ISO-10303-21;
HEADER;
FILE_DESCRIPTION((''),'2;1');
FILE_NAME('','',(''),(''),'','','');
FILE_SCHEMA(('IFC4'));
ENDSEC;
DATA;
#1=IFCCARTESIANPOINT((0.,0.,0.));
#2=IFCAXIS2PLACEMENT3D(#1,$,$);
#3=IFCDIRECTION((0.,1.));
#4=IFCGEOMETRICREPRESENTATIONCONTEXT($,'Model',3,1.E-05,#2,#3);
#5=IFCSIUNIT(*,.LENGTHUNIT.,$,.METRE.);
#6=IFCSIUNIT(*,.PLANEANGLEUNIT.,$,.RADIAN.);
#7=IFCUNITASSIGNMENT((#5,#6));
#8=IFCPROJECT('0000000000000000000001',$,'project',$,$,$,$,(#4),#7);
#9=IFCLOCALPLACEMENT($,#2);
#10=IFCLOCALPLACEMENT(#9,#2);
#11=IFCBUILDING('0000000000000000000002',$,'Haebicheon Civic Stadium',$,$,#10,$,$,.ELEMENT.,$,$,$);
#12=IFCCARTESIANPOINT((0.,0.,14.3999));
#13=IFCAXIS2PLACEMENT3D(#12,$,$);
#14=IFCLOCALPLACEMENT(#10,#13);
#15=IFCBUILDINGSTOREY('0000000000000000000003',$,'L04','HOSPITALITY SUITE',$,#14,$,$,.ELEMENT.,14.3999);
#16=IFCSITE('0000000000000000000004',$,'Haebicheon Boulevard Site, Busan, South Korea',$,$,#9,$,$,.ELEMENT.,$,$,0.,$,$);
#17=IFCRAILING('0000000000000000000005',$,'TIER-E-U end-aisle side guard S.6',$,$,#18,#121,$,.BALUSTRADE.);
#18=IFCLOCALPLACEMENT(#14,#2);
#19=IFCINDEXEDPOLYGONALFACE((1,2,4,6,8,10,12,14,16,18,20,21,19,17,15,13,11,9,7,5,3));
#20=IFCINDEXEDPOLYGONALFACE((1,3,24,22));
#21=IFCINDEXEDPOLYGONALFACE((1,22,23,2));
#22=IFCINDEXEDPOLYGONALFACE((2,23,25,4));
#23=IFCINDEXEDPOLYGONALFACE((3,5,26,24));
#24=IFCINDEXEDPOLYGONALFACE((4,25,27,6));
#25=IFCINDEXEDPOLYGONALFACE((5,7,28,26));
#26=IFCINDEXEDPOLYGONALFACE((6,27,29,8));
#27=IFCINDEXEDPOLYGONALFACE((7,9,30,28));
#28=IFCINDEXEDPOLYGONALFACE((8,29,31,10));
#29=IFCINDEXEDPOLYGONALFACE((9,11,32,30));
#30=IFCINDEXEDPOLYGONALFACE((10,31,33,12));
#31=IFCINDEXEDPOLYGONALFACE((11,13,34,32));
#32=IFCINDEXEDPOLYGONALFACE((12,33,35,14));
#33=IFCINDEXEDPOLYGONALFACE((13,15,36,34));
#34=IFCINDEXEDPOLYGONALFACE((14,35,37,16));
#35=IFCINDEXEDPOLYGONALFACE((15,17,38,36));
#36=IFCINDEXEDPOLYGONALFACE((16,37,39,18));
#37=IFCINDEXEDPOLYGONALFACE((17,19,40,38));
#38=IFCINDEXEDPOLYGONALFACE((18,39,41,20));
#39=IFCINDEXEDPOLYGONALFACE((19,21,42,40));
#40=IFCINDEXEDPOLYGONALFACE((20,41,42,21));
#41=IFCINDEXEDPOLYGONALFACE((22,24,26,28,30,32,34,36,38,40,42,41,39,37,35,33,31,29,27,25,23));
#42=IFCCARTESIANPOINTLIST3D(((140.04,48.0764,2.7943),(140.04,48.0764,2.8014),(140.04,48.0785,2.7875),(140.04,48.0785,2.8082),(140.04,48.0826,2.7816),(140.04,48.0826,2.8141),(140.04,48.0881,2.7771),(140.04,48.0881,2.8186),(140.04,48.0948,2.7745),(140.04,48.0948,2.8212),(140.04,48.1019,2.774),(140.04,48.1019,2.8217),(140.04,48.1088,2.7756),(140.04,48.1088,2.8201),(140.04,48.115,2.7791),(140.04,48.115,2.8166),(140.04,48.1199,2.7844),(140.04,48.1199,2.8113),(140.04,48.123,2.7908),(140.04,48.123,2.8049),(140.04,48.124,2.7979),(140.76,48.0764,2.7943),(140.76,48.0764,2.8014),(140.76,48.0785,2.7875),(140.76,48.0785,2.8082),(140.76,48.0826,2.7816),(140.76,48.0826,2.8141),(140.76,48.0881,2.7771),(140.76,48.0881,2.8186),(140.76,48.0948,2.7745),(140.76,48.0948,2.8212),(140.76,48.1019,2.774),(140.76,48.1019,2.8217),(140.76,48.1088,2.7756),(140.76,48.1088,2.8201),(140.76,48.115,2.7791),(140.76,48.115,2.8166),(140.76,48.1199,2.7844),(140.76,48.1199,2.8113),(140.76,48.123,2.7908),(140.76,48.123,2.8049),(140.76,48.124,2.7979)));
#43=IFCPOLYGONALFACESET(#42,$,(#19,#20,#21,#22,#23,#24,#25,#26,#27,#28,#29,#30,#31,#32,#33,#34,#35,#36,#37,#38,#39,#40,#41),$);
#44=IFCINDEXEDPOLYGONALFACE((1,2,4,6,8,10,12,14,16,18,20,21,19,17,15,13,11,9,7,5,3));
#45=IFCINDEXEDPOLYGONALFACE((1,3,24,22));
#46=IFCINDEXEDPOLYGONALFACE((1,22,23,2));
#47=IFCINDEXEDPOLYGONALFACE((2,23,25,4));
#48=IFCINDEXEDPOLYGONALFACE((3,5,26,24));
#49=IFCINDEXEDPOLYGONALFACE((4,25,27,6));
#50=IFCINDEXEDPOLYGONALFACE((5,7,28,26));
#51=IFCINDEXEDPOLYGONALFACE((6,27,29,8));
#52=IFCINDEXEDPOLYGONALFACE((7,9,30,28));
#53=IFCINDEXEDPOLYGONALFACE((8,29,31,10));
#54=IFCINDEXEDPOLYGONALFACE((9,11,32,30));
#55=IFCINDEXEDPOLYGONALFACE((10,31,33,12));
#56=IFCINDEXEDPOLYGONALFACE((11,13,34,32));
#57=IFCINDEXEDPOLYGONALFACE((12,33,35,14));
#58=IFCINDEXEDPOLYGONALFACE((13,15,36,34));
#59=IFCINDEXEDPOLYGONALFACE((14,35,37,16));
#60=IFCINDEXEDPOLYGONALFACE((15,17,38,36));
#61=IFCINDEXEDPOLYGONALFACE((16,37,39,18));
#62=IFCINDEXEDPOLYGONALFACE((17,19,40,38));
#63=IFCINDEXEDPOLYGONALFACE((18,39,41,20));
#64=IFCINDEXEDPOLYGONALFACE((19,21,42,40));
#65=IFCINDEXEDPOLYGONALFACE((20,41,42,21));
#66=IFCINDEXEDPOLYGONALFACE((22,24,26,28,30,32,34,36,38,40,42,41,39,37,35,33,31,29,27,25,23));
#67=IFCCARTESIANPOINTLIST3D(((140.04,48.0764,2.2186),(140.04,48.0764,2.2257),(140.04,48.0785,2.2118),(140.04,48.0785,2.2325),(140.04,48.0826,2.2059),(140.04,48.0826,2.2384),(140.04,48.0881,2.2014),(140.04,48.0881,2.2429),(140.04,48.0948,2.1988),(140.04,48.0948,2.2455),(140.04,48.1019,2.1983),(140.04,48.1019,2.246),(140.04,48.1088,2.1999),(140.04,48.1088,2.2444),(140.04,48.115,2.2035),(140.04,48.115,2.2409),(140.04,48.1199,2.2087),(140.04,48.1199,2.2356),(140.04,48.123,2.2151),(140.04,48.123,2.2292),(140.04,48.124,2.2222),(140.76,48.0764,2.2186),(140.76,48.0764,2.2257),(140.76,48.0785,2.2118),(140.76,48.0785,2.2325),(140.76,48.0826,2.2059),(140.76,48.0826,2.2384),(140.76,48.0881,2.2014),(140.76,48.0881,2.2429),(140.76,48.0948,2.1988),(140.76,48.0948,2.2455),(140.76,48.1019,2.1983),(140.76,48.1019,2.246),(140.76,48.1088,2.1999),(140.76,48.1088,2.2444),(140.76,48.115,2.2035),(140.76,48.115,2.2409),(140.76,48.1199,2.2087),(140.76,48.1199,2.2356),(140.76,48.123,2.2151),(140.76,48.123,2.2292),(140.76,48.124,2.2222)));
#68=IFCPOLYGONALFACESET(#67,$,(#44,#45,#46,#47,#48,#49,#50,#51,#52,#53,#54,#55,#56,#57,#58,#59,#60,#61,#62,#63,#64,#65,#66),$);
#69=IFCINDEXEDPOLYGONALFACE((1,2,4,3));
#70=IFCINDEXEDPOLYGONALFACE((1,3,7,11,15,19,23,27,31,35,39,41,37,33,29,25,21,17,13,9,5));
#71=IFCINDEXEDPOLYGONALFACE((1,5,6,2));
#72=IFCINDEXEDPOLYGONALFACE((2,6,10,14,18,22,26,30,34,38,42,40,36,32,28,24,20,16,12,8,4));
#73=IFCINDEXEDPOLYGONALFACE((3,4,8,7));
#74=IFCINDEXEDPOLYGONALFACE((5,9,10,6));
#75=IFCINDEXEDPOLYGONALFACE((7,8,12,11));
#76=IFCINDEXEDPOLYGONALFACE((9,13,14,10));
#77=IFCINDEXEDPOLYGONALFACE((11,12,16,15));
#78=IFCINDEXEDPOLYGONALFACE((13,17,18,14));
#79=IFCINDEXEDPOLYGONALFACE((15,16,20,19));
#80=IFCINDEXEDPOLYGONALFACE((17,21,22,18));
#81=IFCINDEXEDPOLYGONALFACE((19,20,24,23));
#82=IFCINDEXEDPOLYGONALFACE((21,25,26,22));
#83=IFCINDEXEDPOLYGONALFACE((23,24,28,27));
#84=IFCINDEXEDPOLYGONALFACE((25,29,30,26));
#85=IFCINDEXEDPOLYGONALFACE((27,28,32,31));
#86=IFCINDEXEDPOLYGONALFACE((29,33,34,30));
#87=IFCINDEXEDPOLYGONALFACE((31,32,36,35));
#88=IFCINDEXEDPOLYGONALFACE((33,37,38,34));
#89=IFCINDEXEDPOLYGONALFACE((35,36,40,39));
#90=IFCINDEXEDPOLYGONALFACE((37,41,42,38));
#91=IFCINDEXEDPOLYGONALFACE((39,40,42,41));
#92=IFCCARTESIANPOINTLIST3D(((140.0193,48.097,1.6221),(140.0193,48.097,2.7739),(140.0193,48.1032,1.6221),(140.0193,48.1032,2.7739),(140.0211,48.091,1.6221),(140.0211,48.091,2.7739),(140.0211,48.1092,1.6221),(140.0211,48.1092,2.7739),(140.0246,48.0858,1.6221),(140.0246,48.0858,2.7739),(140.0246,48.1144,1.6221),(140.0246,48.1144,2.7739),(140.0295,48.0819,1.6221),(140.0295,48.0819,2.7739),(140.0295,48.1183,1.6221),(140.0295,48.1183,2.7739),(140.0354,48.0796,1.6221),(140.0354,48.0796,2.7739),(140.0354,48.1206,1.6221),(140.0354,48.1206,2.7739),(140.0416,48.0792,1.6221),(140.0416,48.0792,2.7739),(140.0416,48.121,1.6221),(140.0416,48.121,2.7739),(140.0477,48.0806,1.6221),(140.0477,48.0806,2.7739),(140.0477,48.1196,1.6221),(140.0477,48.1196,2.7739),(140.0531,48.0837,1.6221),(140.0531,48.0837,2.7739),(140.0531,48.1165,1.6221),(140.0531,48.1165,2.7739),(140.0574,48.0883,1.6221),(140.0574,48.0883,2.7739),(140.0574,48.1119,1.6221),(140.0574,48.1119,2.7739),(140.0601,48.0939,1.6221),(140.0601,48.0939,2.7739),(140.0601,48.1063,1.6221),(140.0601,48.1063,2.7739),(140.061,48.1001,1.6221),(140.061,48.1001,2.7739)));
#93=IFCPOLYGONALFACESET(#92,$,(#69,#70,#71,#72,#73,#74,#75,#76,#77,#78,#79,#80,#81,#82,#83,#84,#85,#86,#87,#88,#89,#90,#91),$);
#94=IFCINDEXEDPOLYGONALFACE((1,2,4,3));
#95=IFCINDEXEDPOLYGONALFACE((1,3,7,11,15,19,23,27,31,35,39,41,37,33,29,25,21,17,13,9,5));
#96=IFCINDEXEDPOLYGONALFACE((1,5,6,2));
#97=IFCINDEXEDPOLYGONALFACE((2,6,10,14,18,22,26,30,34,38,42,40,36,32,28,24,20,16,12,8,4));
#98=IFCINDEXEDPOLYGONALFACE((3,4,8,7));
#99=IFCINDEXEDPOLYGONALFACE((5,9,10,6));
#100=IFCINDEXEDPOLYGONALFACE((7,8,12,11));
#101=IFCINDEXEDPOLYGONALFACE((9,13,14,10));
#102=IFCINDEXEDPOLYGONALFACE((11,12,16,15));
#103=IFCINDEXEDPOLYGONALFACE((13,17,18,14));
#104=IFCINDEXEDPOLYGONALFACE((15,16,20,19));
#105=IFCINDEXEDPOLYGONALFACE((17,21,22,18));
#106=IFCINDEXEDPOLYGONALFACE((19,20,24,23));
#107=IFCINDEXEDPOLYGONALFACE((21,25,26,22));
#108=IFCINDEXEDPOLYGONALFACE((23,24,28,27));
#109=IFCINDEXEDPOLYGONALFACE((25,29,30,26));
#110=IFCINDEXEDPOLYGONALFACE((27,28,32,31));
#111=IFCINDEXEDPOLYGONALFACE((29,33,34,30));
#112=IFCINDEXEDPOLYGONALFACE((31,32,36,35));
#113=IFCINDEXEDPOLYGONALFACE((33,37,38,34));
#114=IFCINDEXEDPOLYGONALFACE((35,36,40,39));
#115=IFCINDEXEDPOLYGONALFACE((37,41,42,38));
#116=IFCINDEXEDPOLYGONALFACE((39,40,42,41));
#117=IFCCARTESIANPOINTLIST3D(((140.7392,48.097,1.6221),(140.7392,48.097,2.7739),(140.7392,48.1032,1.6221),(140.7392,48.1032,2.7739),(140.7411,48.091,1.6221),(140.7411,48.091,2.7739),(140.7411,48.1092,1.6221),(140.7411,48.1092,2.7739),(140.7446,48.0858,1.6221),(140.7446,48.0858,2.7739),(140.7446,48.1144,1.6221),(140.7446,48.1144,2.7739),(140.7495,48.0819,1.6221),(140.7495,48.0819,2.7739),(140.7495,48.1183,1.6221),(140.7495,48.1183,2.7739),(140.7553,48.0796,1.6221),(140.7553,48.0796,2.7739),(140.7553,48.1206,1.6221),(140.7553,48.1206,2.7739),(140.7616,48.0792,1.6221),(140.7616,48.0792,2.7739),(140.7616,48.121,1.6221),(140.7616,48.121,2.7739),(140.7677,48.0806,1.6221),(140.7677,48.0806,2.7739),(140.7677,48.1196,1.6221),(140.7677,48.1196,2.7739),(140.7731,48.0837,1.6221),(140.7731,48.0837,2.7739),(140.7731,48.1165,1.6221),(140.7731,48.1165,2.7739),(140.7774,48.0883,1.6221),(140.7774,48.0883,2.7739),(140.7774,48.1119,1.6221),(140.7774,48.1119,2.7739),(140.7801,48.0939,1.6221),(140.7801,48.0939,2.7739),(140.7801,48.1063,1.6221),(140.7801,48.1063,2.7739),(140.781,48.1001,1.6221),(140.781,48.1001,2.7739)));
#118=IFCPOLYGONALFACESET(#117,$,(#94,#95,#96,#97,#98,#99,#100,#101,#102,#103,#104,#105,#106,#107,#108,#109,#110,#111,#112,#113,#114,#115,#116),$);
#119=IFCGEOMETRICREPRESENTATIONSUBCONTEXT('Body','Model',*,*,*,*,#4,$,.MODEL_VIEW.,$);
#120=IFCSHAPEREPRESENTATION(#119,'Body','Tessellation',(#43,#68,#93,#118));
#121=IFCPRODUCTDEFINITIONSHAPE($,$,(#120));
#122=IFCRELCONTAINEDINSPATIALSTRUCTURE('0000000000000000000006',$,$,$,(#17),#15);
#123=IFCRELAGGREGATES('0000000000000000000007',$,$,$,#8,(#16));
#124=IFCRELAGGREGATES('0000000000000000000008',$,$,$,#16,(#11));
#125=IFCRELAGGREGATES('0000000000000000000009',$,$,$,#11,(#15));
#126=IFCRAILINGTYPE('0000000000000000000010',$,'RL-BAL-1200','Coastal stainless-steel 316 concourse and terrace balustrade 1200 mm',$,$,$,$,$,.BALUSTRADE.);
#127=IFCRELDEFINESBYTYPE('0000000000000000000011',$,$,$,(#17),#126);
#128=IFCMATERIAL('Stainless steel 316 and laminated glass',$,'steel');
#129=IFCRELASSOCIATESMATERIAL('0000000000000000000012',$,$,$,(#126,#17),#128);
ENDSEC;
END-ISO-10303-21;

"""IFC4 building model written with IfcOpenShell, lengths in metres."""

from ifc_helpers import new_model, si_unit, direction, frame, origin, origin_2d, place, context, subcontext, project, spatial, circle, extrude, material, type_object, element, save


model = new_model("IFC4")

# Units and contexts
model_context = context("Model", 3, precision=1e-05, world=origin(), true_north=direction((0.0, 1.0)))
body_context = subcontext(model_context, "Body", "Model", "MODEL_VIEW")
ifc_project = project(units=[si_unit("LENGTHUNIT", "METRE"), si_unit("PLANEANGLEUNIT", "RADIAN")], contexts=[model_context])

# Site, building, storey
site_placement = place(None, origin())
site = spatial("IfcSite", under=ifc_project, at=site_placement, Name="Haebicheon Boulevard Site, Busan, South Korea", CompositionType="ELEMENT", RefElevation=0.0)
building_placement = place(site_placement, origin())
building = spatial("IfcBuilding", under=site, at=building_placement, Name="Haebicheon Civic Stadium", CompositionType="ELEMENT")
storey_placement = place(building_placement, frame((0.0, 0.0, 14.3999)))
storey = spatial("IfcBuildingStorey", under=building, at=storey_placement, Name="L04", Description="HOSPITALITY SUITE", CompositionType="ELEMENT", Elevation=14.3999)

# Railing
ifc_material_1 = material(Name="Stainless steel 316 and laminated glass", Category="steel")
railing_type = type_object("IfcRailingType", Name="RL-BAL-1200", Description="Coastal stainless-steel 316 concourse and terrace balustrade 1200 mm", PredefinedType="BALUSTRADE", material=ifc_material_1)
for number, where, name in (
    (1, (140.04, 48.1001, 1.6221), "TIER-E-U end-aisle side guard S.6"),
):
    element("IfcRailing", number, at=place(storey_placement, frame(where)), inside=storey, type_object=railing_type, material=ifc_material_1, Name=name, PredefinedType="BALUSTRADE", context=body_context, shape_type="SweptSolid", body=[
        extrude(circle(Radius=0.0239, at=origin_2d()), frame((0.0, 0.0, 1.1758), z_axis=(1.0, 0.0, 0.0), x_axis=(0.0, 1.0, 0.0)), (0.0, 0.0, 1.0), 0.72),
        extrude(circle(Radius=0.0239, at=origin_2d()), frame((0.0, 0.0, 0.6001), z_axis=(1.0, 0.0, 0.0), x_axis=(0.0, 1.0, 0.0)), (0.0, 0.0, 1.0), 0.72),
        extrude(circle(Radius=0.021, at=origin_2d()), origin(), (0.0, 0.0, 1.0), 1.1519),
        extrude(circle(Radius=0.021, at=origin_2d()), frame((0.72, 0.0, 0.0)), (0.0, 0.0, 1.0), 1.1519),
    ])

save(model, "model.ifc")
